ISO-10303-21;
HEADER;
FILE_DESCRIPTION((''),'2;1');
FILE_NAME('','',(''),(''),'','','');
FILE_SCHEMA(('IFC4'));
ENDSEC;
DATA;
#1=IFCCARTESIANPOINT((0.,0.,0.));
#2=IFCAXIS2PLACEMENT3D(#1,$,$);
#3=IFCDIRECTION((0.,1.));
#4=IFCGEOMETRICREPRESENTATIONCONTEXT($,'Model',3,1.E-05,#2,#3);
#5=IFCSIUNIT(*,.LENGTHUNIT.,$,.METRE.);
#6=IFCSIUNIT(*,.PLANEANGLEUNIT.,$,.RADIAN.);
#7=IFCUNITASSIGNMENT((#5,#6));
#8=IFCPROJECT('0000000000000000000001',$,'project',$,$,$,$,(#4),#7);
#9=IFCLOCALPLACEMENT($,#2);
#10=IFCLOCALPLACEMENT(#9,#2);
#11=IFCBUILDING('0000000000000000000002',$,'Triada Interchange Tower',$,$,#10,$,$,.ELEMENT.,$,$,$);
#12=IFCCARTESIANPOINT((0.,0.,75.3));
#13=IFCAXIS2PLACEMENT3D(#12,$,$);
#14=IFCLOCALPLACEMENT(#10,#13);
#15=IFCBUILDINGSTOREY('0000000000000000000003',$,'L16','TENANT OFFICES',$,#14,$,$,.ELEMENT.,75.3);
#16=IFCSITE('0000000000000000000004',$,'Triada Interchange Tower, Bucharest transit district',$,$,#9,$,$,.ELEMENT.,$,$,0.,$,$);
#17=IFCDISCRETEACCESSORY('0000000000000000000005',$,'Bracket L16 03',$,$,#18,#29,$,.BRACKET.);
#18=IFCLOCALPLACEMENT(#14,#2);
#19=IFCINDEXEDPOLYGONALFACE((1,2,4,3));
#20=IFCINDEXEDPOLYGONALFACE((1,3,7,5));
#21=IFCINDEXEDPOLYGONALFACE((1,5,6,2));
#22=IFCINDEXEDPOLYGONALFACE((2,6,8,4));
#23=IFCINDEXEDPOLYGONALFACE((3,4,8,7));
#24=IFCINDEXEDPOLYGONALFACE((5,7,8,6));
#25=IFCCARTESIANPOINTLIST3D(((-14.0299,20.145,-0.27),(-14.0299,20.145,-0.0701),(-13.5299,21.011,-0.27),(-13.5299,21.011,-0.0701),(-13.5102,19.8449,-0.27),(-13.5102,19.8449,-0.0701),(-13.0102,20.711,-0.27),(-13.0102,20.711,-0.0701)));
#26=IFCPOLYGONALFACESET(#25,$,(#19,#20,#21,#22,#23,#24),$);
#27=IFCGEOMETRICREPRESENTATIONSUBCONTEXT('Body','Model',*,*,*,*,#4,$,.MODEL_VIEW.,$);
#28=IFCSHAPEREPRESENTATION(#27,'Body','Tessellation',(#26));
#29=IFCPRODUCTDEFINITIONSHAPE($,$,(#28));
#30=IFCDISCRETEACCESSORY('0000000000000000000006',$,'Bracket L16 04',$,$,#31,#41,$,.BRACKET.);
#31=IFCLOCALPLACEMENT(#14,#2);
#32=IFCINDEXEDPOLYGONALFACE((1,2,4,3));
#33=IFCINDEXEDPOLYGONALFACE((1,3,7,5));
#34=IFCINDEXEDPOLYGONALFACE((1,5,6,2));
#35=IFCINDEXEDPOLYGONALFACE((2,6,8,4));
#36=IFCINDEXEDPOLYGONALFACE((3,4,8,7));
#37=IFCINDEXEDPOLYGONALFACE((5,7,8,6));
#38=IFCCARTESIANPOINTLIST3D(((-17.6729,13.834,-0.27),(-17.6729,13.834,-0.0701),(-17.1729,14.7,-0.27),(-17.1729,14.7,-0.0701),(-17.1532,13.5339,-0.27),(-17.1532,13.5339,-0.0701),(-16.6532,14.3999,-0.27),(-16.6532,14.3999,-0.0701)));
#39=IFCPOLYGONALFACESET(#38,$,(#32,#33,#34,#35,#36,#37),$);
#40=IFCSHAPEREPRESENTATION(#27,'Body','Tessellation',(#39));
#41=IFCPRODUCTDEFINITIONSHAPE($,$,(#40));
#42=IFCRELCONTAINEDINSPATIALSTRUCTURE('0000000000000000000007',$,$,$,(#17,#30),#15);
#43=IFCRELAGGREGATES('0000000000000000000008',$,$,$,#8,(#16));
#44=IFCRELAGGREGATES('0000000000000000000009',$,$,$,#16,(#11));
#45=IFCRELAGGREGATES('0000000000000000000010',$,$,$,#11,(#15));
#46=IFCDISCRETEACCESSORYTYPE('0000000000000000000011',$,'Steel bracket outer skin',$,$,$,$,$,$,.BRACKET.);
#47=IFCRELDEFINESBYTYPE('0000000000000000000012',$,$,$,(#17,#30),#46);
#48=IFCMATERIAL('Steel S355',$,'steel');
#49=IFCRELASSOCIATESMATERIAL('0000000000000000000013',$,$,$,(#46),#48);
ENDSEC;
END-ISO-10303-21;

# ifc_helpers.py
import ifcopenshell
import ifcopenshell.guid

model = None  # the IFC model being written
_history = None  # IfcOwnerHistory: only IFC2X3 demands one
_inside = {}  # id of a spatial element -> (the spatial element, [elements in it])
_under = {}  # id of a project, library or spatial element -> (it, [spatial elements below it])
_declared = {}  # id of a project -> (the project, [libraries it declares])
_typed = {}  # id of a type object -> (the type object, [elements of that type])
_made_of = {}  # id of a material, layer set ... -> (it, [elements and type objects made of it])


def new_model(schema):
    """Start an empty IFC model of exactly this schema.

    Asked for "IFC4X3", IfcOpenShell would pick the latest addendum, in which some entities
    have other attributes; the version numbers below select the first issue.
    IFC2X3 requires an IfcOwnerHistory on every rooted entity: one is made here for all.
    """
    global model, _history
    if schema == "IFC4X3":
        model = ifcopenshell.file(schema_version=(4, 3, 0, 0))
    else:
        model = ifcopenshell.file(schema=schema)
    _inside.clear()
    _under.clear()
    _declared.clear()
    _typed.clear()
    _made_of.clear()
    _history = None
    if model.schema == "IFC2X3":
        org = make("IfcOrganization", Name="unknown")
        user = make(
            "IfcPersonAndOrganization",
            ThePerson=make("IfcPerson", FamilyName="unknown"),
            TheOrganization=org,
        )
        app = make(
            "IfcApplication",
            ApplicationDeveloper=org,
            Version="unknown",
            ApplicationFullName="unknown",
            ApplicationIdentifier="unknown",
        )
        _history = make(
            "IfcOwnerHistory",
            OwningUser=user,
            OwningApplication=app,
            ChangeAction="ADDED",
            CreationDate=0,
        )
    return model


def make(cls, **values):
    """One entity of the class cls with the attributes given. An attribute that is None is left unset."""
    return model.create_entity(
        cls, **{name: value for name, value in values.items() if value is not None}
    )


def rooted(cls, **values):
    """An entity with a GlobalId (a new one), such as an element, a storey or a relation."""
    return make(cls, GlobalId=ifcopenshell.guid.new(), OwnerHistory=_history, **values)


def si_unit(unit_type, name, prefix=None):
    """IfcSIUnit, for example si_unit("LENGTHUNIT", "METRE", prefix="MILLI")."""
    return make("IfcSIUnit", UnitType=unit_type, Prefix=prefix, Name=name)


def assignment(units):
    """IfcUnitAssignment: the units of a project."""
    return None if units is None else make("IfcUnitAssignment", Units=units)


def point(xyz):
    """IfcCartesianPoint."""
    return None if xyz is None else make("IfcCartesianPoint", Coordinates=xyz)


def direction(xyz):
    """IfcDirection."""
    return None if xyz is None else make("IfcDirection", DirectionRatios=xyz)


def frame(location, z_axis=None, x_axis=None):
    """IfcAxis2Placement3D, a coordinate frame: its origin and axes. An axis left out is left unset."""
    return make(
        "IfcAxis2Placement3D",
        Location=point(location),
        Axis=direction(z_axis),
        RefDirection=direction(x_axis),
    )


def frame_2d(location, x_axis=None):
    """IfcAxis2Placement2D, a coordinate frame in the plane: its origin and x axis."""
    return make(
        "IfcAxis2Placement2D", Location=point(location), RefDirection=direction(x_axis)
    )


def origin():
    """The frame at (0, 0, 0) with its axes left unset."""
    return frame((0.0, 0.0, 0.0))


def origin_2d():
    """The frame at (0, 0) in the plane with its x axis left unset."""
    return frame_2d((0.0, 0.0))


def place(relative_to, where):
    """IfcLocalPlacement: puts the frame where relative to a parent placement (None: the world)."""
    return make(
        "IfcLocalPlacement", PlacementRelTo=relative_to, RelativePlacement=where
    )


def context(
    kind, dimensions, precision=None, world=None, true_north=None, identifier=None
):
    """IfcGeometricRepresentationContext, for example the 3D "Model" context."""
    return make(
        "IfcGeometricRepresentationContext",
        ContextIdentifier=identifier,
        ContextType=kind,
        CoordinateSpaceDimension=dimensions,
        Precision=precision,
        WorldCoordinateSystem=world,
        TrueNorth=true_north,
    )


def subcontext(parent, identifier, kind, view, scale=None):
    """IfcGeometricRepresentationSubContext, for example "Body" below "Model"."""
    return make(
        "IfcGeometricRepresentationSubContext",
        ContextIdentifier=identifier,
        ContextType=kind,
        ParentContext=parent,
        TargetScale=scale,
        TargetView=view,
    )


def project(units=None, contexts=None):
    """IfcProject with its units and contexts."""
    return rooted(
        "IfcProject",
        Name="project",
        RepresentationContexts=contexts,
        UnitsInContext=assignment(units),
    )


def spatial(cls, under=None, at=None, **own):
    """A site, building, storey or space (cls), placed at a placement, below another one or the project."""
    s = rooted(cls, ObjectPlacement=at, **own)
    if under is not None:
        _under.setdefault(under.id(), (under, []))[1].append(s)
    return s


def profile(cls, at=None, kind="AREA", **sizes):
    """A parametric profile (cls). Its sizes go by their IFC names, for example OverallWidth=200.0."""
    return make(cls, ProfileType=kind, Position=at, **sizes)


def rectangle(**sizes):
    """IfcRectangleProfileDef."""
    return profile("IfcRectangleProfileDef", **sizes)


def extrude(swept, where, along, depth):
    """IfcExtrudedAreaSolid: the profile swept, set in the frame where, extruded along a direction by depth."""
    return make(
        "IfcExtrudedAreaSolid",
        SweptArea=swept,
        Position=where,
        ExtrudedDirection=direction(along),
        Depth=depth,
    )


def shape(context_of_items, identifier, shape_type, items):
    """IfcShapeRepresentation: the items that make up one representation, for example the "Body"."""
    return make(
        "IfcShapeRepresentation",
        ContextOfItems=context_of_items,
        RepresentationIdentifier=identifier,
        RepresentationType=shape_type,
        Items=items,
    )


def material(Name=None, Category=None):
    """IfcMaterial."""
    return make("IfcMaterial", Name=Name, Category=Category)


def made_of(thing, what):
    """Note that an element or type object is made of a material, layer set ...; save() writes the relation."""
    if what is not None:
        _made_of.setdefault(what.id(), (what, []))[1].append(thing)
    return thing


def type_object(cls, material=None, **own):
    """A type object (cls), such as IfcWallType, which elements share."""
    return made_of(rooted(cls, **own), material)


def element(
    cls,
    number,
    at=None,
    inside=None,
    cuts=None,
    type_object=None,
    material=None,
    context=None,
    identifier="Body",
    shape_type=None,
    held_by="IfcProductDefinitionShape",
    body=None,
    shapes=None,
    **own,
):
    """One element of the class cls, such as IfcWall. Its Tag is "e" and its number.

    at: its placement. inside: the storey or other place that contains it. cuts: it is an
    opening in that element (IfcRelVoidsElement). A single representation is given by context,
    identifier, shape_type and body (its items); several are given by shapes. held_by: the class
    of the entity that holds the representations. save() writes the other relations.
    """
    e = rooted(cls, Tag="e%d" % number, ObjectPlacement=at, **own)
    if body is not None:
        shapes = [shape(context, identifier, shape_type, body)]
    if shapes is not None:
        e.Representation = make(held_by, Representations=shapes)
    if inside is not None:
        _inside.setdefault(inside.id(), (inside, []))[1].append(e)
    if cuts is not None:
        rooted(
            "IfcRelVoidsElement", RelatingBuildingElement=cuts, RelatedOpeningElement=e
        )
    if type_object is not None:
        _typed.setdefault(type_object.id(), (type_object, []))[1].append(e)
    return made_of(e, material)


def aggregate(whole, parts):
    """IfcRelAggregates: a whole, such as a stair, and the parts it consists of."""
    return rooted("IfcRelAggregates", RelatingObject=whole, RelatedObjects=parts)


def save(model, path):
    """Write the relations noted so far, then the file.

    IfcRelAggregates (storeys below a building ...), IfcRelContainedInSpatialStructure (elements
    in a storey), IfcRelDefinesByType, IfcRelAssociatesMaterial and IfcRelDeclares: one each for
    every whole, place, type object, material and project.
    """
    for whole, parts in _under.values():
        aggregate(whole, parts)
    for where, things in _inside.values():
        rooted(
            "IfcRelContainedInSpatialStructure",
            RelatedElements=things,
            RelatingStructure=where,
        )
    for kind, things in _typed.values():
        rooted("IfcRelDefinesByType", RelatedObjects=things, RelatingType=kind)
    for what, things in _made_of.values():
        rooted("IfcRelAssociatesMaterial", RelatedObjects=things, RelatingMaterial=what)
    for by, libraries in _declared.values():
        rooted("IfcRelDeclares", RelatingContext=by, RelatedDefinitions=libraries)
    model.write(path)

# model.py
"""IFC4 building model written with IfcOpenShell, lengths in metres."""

from ifc_helpers import new_model, si_unit, direction, frame, origin, origin_2d, place, context, subcontext, project, spatial, rectangle, extrude, material, type_object, element, save


model = new_model("IFC4")

# Units and contexts
model_context = context("Model", 3, precision=1e-05, world=origin(), true_north=direction((0.0, 1.0)))
body_context = subcontext(model_context, "Body", "Model", "MODEL_VIEW")
ifc_project = project(units=[si_unit("LENGTHUNIT", "METRE"), si_unit("PLANEANGLEUNIT", "RADIAN")], contexts=[model_context])

# Site, building, storey
site_placement = place(None, origin())
site = spatial("IfcSite", under=ifc_project, at=site_placement, Name="Triada Interchange Tower, Bucharest transit district", CompositionType="ELEMENT", RefElevation=0.0)
building_placement = place(site_placement, origin())
building = spatial("IfcBuilding", under=site, at=building_placement, Name="Triada Interchange Tower", CompositionType="ELEMENT")
storey_placement = place(building_placement, frame((0.0, 0.0, 75.3)))
storey = spatial("IfcBuildingStorey", under=building, at=storey_placement, Name="L16", Description="TENANT OFFICES", CompositionType="ELEMENT", Elevation=75.3)

# Discrete accessories
ifc_material_1 = material(Name="Steel S355", Category="steel")
discrete_accessory_type = type_object("IfcDiscreteAccessoryType", Name="Steel bracket outer skin", PredefinedType="BRACKET", material=ifc_material_1)
for number, where, z_axis, x_axis, name in (
    (1, (-13.52, 20.428, -0.27), (0.0, 0.0, 1.0), (-0.866027, 0.499997, 0.0), "Bracket L16 03"),
    (2, (-17.1631, 14.1169, -0.27), (0.0, 0.0, 1.0), (-0.866027, 0.499997, 0.0), "Bracket L16 04"),
):
    element("IfcDiscreteAccessory", number, at=place(storey_placement, frame(where, z_axis=z_axis, x_axis=x_axis)), inside=storey, type_object=discrete_accessory_type, Name=name, PredefinedType="BRACKET", context=body_context, shape_type="SweptSolid", body=[
        extrude(rectangle(XDim=0.6001, YDim=1.0, at=origin_2d()), origin(), (0.0, 0.0, 1.0), 0.2),
    ])

save(model, "model.ifc")
